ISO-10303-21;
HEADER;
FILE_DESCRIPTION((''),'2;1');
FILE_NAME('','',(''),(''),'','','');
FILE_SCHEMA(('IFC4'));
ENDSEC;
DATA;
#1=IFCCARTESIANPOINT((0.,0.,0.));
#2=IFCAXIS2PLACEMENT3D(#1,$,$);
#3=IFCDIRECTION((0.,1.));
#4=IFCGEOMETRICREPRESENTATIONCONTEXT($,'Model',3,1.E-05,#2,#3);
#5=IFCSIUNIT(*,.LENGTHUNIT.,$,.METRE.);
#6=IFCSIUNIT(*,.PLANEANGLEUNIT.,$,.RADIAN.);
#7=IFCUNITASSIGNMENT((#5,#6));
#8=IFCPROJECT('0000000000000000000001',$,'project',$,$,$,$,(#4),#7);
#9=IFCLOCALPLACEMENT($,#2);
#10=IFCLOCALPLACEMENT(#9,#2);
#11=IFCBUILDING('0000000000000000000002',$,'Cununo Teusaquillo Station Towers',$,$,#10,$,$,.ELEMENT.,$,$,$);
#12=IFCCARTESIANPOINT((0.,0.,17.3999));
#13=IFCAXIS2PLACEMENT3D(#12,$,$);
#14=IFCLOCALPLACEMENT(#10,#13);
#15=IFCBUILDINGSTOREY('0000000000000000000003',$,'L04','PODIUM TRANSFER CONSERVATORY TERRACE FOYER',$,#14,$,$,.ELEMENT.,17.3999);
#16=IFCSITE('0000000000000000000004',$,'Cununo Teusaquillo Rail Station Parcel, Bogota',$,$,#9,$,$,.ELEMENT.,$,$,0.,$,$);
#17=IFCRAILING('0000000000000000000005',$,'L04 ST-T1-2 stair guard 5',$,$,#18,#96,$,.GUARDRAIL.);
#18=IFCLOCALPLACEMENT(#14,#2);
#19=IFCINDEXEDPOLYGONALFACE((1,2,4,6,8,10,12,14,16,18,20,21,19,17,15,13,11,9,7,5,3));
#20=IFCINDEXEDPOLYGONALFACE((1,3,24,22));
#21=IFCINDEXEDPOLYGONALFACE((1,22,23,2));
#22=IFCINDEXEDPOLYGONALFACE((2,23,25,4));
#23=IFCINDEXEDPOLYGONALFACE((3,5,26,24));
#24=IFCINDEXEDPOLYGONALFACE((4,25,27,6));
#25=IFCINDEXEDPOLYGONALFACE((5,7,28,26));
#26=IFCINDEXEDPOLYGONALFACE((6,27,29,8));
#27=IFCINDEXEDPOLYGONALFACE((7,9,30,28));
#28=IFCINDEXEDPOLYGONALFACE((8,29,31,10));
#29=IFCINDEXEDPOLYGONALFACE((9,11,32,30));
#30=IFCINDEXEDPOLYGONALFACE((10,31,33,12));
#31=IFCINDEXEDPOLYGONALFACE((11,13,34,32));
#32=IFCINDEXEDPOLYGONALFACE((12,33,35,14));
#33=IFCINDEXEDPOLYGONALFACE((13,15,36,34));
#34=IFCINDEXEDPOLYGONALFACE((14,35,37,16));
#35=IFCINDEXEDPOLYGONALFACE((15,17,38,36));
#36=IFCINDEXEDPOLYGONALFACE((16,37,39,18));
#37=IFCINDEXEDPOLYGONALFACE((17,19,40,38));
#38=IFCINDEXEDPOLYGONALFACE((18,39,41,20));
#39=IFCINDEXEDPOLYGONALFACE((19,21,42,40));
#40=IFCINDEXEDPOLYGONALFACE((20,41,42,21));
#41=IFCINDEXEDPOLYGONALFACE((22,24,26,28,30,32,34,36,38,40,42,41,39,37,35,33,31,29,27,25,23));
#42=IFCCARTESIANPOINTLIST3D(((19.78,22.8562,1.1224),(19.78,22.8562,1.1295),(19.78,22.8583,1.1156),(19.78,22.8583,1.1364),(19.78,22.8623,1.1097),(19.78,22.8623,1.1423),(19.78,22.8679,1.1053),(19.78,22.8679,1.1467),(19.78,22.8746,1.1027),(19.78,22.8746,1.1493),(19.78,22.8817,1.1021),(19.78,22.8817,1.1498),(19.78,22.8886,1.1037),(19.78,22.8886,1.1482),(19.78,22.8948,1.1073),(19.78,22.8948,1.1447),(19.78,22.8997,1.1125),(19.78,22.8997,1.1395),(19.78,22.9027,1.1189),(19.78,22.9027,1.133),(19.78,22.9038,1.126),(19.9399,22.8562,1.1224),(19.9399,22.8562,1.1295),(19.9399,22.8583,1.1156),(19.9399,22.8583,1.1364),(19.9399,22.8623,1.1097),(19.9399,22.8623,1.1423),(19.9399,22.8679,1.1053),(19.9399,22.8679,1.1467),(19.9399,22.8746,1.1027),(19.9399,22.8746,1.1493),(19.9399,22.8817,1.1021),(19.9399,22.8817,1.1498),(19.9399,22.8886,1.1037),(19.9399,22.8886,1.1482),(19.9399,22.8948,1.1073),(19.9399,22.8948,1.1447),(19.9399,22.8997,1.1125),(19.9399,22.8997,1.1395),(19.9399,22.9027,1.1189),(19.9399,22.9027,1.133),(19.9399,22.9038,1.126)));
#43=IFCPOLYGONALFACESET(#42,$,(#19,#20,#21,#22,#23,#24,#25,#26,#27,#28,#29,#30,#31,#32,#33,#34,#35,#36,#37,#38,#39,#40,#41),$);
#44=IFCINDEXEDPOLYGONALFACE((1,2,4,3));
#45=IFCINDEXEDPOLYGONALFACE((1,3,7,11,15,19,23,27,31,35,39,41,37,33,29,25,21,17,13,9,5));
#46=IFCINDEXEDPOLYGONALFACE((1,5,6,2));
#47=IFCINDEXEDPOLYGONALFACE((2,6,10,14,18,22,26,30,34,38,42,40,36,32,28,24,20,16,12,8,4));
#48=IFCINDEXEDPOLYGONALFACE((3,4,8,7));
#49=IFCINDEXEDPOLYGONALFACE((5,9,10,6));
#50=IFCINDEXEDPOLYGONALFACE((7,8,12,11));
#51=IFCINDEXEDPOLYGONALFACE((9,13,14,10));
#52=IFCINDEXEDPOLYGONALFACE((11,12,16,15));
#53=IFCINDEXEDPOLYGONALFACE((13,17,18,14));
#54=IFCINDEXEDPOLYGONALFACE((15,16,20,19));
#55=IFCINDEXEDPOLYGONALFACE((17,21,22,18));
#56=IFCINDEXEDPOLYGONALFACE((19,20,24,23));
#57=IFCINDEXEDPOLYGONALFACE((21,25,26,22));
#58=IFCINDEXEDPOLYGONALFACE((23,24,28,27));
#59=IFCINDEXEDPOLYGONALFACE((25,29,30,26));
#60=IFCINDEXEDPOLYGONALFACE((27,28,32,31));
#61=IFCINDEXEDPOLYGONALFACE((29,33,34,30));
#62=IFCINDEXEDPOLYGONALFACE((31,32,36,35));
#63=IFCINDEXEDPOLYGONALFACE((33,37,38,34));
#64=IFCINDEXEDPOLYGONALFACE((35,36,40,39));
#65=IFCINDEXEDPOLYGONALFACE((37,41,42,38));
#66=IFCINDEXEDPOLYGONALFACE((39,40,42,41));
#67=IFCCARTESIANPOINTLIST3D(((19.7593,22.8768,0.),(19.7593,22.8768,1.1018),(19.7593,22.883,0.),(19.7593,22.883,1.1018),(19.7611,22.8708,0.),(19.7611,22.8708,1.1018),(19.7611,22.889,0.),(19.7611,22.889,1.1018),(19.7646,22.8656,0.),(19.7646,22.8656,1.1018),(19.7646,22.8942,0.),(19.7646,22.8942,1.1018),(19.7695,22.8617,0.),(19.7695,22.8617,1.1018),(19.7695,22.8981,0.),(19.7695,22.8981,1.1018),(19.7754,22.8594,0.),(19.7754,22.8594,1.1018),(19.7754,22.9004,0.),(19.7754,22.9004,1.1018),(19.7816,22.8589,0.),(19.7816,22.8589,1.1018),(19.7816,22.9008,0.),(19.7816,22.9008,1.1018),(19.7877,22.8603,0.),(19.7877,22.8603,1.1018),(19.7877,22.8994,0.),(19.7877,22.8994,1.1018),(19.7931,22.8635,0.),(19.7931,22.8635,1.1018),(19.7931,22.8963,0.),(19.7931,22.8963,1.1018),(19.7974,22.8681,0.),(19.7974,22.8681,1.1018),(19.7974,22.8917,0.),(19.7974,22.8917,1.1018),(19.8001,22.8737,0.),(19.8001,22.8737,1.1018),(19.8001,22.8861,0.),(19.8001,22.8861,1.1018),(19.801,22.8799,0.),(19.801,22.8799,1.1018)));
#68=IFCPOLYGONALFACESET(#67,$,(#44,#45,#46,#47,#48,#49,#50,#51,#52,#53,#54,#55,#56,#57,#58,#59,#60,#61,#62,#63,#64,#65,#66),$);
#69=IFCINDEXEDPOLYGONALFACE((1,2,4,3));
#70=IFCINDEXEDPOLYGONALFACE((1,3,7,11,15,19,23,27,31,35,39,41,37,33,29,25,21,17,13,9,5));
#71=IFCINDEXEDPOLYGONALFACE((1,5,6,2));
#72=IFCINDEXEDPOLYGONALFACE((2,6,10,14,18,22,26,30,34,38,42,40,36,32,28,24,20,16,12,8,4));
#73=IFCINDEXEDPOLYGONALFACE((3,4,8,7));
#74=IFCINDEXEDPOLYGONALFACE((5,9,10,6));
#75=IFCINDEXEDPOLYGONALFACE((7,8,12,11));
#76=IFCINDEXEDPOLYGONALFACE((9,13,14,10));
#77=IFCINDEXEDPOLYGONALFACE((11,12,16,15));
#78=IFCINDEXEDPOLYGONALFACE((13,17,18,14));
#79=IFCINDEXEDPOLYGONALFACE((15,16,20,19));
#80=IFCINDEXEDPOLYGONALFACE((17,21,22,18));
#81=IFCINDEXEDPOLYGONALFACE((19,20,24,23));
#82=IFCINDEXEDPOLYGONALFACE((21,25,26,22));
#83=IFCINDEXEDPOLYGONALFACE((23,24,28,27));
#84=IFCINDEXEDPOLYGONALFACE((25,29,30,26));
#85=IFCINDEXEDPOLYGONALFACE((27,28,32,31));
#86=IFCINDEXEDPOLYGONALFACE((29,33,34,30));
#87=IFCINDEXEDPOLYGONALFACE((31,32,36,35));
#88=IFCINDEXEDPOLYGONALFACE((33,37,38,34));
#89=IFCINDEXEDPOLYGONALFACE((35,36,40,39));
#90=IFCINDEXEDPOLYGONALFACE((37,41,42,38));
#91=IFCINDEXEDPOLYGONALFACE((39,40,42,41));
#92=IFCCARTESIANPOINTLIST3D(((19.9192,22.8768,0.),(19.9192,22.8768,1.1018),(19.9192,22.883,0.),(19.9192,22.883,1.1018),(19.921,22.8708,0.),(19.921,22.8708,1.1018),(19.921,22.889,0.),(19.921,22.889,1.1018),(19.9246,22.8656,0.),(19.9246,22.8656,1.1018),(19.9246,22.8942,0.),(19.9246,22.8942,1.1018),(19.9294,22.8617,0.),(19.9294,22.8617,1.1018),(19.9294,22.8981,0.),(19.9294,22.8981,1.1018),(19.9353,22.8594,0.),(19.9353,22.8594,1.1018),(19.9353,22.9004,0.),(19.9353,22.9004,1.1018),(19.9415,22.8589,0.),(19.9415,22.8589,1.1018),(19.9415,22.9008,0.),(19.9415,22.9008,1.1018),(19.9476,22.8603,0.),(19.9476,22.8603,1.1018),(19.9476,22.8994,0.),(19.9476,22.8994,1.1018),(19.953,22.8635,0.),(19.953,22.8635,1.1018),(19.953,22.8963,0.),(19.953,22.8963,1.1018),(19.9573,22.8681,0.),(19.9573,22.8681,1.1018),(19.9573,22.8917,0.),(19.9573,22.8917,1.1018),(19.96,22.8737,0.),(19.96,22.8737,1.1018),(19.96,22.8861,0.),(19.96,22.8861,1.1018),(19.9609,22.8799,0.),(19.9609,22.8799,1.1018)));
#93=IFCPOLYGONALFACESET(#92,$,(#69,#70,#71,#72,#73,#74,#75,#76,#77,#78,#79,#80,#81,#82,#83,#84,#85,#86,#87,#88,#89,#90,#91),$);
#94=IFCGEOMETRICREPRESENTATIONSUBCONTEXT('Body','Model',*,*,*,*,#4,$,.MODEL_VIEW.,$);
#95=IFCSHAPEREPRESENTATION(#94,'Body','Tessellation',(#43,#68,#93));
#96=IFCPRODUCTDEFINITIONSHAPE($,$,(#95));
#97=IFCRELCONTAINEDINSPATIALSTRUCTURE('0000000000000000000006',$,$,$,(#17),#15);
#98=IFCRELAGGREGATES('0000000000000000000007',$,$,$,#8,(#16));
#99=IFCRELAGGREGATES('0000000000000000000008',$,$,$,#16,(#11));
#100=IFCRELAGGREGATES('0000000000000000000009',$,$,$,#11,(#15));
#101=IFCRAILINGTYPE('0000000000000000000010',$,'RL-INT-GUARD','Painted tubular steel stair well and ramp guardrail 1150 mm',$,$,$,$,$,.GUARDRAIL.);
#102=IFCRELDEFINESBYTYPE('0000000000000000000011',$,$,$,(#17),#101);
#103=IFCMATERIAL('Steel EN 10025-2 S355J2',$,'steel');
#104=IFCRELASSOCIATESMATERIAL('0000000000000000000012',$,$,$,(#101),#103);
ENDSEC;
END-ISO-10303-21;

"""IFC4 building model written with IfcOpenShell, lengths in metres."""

from ifc_helpers import new_model, si_unit, direction, frame, origin, origin_2d, place, context, subcontext, project, spatial, circle, extrude, material, type_object, element, save


model = new_model("IFC4")

# Units and contexts
model_context = context("Model", 3, precision=1e-05, world=origin(), true_north=direction((0.0, 1.0)))
body_context = subcontext(model_context, "Body", "Model", "MODEL_VIEW")
ifc_project = project(units=[si_unit("LENGTHUNIT", "METRE"), si_unit("PLANEANGLEUNIT", "RADIAN")], contexts=[model_context])

# Site, building, storey
site_placement = place(None, origin())
site = spatial("IfcSite", under=ifc_project, at=site_placement, Name="Cununo Teusaquillo Rail Station Parcel, Bogota", CompositionType="ELEMENT", RefElevation=0.0)
building_placement = place(site_placement, origin())
building = spatial("IfcBuilding", under=site, at=building_placement, Name="Cununo Teusaquillo Station Towers", CompositionType="ELEMENT")
storey_placement = place(building_placement, frame((0.0, 0.0, 17.3999)))
storey = spatial("IfcBuildingStorey", under=building, at=storey_placement, Name="L04", Description="PODIUM TRANSFER CONSERVATORY TERRACE FOYER", CompositionType="ELEMENT", Elevation=17.3999)

# Railing
ifc_material_1 = material(Name="Steel EN 10025-2 S355J2", Category="steel")
railing_type_1 = type_object("IfcRailingType", Name="RL-INT-GUARD", Description="Painted tubular steel stair well and ramp guardrail 1150 mm", PredefinedType="GUARDRAIL", material=ifc_material_1)
railing_1_placement = place(storey_placement, frame((19.78, 22.8799, 0.0)))
element("IfcRailing", 1, at=railing_1_placement, inside=storey, type_object=railing_type_1, Name="L04 ST-T1-2 stair guard 5", PredefinedType="GUARDRAIL", context=body_context, shape_type="SweptSolid", body=[
    extrude(circle(Radius=0.0239, at=origin_2d()), frame((0.0, 0.0, 1.126), z_axis=(1.0, 0.0, 0.0), x_axis=(0.0, 1.0, 0.0)), (0.0, 0.0, 1.0), 0.1599),
    extrude(circle(Radius=0.021, at=origin_2d()), origin(), (0.0, 0.0, 1.0), 1.1018),
    extrude(circle(Radius=0.021, at=origin_2d()), frame((0.1599, 0.0, 0.0)), (0.0, 0.0, 1.0), 1.1018),
])

save(model, "model.ifc")
